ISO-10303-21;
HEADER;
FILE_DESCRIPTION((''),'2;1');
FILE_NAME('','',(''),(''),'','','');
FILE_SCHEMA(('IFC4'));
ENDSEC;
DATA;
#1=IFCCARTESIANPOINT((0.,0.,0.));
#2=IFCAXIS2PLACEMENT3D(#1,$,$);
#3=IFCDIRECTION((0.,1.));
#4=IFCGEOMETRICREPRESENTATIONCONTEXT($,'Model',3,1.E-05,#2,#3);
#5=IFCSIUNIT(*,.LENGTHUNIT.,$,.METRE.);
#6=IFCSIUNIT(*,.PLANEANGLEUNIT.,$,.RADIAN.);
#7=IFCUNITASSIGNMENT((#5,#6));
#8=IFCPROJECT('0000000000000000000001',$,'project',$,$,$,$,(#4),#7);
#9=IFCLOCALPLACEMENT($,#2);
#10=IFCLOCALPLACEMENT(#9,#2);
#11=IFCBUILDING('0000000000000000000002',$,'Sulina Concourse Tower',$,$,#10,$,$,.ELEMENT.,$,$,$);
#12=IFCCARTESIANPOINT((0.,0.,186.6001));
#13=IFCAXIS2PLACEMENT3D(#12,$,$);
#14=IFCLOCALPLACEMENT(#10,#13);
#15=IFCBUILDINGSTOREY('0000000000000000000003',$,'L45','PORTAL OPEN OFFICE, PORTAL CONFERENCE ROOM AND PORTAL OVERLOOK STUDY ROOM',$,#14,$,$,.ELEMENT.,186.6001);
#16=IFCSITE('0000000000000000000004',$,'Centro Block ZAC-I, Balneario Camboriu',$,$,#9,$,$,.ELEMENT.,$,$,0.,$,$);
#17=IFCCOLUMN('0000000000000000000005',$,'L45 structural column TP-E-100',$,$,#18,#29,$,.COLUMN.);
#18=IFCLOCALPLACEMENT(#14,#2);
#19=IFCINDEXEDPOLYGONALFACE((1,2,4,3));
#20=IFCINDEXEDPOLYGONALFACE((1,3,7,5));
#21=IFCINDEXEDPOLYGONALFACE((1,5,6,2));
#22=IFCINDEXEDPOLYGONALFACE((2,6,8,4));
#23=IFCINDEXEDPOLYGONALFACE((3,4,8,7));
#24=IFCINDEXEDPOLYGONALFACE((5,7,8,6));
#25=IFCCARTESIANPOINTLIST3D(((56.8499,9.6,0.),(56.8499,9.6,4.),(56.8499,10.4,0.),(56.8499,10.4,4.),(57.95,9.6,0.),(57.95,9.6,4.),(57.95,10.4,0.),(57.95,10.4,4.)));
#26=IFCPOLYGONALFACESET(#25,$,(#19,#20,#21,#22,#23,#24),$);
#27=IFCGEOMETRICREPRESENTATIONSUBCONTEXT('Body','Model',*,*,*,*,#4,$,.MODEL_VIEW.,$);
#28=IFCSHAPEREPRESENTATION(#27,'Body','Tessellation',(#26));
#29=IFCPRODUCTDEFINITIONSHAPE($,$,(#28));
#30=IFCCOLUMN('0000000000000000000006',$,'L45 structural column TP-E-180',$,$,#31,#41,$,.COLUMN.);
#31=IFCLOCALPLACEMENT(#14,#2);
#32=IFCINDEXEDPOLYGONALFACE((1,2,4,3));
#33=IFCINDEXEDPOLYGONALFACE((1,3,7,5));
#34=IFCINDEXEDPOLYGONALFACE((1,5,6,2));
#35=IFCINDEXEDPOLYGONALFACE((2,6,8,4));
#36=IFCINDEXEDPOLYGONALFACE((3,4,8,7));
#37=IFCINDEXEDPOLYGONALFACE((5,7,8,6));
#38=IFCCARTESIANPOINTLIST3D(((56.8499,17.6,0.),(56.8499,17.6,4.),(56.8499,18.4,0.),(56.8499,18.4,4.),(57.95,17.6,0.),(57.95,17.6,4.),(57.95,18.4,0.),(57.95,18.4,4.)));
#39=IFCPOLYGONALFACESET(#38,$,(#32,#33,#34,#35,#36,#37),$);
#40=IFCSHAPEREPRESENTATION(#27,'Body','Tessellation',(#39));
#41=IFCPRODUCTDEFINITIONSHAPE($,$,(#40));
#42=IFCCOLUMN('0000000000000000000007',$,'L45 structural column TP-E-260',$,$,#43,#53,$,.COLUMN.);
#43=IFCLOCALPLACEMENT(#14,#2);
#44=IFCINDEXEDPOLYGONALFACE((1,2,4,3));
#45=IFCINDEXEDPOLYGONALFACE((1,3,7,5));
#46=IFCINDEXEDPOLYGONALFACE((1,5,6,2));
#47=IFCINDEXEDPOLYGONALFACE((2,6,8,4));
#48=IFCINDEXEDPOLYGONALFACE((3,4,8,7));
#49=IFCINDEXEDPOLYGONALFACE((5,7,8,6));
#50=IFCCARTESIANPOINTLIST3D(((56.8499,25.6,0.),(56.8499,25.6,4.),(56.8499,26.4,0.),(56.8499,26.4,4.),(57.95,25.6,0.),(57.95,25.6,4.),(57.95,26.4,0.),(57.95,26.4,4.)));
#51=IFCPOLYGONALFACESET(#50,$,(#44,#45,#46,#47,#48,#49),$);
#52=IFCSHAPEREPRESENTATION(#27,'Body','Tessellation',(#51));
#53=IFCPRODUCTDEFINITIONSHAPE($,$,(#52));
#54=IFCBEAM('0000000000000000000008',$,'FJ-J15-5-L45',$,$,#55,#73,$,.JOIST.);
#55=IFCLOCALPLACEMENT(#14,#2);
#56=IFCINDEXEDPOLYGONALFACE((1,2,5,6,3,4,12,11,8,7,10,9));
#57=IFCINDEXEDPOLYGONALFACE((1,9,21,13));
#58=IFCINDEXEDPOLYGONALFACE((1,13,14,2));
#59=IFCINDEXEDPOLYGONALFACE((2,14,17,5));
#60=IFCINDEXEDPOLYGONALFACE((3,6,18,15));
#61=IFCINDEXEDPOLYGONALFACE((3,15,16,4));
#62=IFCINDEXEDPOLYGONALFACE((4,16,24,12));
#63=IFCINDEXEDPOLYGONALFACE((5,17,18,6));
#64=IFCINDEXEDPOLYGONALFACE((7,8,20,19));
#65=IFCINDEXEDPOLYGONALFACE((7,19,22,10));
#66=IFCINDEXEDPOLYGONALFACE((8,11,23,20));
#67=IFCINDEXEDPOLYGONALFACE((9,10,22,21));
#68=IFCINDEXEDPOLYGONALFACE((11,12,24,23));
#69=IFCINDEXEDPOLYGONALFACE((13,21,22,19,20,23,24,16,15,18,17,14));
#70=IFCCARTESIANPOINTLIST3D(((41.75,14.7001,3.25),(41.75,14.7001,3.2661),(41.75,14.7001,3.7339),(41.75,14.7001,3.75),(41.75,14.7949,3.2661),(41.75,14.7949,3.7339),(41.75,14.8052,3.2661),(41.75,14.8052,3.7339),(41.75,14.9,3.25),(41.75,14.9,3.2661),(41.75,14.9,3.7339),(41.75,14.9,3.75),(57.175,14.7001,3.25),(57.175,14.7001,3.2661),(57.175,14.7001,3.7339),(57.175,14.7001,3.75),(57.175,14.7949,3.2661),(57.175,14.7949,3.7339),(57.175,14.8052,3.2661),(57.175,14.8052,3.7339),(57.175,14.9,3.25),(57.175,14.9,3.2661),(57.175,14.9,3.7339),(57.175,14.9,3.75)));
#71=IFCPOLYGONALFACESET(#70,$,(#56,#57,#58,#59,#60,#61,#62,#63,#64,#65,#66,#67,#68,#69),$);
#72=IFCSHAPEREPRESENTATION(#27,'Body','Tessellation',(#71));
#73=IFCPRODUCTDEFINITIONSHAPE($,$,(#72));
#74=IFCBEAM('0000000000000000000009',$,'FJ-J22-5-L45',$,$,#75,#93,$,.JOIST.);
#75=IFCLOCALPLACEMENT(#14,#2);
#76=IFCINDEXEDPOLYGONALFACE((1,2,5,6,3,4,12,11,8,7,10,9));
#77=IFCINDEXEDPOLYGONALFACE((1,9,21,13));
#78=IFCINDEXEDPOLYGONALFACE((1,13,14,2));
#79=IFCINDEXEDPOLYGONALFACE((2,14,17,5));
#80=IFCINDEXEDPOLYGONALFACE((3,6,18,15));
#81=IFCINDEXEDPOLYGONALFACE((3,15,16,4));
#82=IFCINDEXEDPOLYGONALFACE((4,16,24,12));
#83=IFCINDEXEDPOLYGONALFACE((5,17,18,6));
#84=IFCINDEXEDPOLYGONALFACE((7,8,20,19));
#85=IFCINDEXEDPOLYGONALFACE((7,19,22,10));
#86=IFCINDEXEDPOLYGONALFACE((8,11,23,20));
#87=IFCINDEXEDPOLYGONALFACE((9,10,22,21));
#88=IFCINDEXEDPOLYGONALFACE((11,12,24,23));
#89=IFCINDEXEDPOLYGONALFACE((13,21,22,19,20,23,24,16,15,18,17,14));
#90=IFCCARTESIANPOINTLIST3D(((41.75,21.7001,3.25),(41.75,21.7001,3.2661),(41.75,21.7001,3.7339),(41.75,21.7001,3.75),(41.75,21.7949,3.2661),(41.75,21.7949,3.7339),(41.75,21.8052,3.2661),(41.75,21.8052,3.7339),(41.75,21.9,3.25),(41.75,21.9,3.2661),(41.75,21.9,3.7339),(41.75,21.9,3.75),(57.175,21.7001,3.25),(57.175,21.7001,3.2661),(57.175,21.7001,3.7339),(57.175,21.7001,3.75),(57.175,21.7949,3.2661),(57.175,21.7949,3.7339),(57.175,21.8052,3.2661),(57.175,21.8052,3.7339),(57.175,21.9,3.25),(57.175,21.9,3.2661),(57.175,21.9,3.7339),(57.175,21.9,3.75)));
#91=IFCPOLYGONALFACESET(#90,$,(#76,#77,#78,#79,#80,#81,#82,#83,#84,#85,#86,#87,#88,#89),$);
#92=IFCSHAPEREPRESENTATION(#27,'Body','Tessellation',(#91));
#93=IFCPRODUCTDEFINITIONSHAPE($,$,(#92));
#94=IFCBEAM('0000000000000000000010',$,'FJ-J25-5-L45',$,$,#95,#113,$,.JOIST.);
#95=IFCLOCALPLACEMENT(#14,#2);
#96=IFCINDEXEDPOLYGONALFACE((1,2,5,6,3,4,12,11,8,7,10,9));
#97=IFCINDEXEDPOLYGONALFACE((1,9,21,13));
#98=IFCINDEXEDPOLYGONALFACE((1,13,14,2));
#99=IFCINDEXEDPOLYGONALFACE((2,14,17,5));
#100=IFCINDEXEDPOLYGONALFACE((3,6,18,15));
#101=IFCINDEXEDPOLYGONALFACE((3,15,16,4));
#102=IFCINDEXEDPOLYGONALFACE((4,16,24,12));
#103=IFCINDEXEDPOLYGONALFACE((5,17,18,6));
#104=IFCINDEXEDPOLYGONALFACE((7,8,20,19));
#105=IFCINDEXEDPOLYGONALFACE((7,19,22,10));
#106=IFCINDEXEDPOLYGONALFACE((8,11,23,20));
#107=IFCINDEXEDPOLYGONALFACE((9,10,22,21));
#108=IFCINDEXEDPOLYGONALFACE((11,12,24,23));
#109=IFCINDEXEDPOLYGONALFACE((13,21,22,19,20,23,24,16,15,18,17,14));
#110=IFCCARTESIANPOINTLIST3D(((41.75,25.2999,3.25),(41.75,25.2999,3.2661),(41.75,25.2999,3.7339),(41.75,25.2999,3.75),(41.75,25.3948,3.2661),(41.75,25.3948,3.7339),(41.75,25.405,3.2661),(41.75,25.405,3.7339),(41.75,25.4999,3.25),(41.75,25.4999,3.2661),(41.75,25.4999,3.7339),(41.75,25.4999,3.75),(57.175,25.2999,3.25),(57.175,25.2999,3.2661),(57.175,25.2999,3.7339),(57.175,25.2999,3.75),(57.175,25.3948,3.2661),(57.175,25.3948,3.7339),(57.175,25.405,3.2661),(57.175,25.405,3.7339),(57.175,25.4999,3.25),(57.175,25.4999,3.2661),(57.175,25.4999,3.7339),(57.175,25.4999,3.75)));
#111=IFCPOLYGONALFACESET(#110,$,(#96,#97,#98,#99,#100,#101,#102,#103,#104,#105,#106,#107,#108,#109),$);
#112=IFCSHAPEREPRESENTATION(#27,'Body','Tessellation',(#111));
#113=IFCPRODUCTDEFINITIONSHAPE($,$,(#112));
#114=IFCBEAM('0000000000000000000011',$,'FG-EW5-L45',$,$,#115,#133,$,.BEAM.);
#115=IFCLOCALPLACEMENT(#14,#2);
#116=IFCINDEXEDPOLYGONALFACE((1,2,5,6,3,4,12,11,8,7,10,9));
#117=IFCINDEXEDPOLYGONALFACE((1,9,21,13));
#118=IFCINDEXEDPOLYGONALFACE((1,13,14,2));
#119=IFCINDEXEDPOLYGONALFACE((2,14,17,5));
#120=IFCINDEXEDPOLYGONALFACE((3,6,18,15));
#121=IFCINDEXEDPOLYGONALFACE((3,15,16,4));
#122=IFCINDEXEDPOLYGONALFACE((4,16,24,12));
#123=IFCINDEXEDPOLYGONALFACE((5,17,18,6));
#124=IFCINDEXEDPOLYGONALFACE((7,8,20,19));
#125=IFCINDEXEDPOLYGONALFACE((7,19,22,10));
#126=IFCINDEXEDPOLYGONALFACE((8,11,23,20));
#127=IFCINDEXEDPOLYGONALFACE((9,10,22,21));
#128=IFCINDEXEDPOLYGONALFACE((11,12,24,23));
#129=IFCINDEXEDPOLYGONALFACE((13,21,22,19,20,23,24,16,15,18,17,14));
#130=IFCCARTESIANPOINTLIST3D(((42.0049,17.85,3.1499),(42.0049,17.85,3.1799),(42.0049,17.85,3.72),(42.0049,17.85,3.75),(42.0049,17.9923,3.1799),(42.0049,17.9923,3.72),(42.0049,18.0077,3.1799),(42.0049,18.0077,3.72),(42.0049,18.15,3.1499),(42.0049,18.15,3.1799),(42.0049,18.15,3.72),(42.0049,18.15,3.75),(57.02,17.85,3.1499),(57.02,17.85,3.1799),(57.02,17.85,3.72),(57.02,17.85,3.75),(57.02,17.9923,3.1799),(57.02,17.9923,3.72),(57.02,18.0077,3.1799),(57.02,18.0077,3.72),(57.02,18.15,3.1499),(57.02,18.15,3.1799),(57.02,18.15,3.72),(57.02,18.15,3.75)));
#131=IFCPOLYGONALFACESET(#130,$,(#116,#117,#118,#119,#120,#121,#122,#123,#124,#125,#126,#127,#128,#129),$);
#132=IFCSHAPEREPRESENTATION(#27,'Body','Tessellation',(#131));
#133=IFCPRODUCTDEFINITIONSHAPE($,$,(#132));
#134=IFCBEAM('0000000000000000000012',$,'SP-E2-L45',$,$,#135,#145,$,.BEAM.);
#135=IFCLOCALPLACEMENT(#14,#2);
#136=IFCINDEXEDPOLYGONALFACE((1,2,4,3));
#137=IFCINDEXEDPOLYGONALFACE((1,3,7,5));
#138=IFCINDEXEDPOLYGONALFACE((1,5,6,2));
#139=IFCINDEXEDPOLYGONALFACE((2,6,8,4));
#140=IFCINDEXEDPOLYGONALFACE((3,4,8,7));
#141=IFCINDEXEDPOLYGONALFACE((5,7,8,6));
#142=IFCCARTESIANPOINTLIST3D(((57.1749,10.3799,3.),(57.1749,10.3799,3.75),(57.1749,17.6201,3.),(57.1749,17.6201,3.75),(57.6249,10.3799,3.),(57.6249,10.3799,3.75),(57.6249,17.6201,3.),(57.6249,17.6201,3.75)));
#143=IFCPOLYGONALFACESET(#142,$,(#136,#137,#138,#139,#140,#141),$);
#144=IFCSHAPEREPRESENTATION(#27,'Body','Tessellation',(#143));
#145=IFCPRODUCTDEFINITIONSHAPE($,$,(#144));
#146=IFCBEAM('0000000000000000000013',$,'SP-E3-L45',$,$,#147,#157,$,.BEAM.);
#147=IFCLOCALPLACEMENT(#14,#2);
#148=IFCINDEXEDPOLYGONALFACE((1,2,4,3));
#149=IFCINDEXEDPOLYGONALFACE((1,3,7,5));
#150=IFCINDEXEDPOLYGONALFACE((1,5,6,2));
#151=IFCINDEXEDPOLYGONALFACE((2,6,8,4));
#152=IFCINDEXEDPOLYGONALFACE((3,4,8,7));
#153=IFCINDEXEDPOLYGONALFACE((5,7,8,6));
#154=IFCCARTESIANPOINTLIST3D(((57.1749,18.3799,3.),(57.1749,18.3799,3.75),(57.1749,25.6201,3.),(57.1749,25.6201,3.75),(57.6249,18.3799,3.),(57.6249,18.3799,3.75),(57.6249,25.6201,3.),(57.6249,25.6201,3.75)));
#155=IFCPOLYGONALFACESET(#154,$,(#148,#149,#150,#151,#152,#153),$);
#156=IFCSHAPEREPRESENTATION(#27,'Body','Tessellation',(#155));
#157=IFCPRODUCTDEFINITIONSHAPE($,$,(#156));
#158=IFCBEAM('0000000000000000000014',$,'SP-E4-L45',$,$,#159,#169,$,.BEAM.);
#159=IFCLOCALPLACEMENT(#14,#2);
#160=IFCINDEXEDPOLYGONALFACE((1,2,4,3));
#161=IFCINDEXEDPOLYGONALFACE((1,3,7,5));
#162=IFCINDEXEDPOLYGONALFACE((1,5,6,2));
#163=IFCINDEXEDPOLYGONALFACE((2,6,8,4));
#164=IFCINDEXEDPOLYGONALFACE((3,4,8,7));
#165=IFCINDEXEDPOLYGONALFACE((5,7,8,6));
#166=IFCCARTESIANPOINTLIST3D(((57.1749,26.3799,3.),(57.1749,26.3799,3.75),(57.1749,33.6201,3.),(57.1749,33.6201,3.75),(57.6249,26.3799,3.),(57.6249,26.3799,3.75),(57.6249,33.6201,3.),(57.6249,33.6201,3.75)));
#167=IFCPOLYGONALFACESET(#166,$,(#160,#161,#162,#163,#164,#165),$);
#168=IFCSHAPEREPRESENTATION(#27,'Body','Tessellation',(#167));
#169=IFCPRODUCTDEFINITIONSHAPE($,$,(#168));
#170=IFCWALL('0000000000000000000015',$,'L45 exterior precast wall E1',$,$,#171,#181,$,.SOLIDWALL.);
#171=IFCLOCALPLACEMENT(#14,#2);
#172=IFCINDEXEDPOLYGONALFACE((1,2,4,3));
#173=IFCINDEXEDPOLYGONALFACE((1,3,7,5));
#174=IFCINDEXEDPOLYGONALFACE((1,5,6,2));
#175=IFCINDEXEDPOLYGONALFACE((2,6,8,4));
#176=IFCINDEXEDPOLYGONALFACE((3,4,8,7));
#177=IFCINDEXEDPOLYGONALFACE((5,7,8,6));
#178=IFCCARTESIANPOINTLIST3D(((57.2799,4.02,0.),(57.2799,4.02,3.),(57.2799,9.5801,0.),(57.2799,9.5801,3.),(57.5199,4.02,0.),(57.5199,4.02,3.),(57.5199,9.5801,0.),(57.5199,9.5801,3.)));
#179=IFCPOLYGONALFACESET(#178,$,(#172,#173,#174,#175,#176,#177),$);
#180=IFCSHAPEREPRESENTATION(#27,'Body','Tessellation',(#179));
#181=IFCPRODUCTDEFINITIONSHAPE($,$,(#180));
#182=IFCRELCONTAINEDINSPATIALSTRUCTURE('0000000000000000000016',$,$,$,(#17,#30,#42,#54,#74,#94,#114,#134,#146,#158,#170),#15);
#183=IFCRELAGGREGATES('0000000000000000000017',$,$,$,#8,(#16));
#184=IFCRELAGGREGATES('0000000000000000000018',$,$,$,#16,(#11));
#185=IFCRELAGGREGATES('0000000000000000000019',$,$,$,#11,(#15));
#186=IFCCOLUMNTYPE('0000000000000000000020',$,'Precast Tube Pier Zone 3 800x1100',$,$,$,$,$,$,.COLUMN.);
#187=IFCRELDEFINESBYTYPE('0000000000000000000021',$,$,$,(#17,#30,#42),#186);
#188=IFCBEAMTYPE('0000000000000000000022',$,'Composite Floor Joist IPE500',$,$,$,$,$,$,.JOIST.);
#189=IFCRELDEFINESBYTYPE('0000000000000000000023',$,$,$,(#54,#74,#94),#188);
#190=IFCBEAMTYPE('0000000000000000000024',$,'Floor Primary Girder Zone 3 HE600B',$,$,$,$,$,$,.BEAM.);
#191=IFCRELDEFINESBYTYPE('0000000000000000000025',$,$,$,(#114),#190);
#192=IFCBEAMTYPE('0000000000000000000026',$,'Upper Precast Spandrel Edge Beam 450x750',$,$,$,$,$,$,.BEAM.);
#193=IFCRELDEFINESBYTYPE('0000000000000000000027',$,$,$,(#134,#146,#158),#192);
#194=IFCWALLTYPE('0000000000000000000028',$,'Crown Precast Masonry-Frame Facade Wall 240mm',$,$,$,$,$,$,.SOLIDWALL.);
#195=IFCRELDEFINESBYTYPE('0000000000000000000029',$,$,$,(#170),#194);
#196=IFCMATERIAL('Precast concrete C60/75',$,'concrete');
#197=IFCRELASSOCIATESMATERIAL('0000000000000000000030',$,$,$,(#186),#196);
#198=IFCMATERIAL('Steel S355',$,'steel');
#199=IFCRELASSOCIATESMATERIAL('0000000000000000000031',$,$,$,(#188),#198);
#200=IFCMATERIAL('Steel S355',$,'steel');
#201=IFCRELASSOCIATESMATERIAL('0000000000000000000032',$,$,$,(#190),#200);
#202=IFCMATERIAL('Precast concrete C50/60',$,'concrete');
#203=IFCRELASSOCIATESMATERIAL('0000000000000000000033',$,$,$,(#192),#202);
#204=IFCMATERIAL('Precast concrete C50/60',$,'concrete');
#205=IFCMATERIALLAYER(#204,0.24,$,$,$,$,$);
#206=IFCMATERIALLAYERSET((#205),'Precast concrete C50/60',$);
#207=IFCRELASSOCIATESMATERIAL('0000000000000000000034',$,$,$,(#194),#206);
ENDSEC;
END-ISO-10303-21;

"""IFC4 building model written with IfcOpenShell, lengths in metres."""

from ifc_helpers import new_model, si_unit, direction, frame, frame_2d, origin, origin_2d, place, context, subcontext, project, spatial, rectangle, i_section, extrude, material, layer, layer_set, material_profile, profile_set, type_object, element, save


model = new_model("IFC4")

# Units and contexts
model_context = context("Model", 3, precision=1e-05, world=origin(), true_north=direction((0.0, 1.0)))
body_context = subcontext(model_context, "Body", "Model", "MODEL_VIEW")
ifc_project = project(units=[si_unit("LENGTHUNIT", "METRE"), si_unit("PLANEANGLEUNIT", "RADIAN")], contexts=[model_context])

# Site, building, storey
site_placement = place(None, origin())
site = spatial("IfcSite", under=ifc_project, at=site_placement, Name="Centro Block ZAC-I, Balneario Camboriu", CompositionType="ELEMENT", RefElevation=0.0)
building_placement = place(site_placement, origin())
building = spatial("IfcBuilding", under=site, at=building_placement, Name="Sulina Concourse Tower", CompositionType="ELEMENT")
storey_placement = place(building_placement, frame((0.0, 0.0, 186.6001)))
storey = spatial("IfcBuildingStorey", under=building, at=storey_placement, Name="L45", Description="PORTAL OPEN OFFICE, PORTAL CONFERENCE ROOM AND PORTAL OVERLOOK STUDY ROOM", CompositionType="ELEMENT", Elevation=186.6001)

# Columns
ifc_material_1 = material(Name="Precast concrete C60/75", Category="concrete")
ifc_material_profile_1 = material_profile(ifc_material_1, rectangle(XDim=0.8, YDim=1.1001, at=origin_2d()), Name="PC 800x1100")
ifc_profile_set_1 = profile_set([ifc_material_profile_1], Name="Precast concrete C60/75")
column_type = type_object("IfcColumnType", Name="Precast Tube Pier Zone 3 800x1100", PredefinedType="COLUMN", material=ifc_profile_set_1)
for number, where, z_axis, x_axis, name in (
    (1, (57.3999, 10.0, 0.0), (0.0, 0.0, 1.0), (0.0, 1.0, 0.0), "L45 structural column TP-E-100"),
    (2, (57.3999, 18.0, 0.0), (0.0, 0.0, 1.0), (0.0, 1.0, 0.0), "L45 structural column TP-E-180"),
    (3, (57.3999, 26.0, 0.0), (0.0, 0.0, 1.0), (0.0, 1.0, 0.0), "L45 structural column TP-E-260"),
):
    element("IfcColumn", number, at=place(storey_placement, frame(where, z_axis=z_axis, x_axis=x_axis)), inside=storey, type_object=column_type, Name=name, PredefinedType="COLUMN", context=body_context, shape_type="SweptSolid", body=[
        extrude(rectangle(XDim=0.8, YDim=1.1001, at=origin_2d()), origin(), (0.0, 0.0, 1.0), 4.0),
    ])

# Beams
ifc_material_2 = material(Name="Steel S355", Category="steel")
ifc_material_profile_2 = material_profile(ifc_material_2, i_section(OverallWidth=0.2, OverallDepth=0.5, WebThickness=0.0103, FlangeThickness=0.0161, at=origin_2d()), Name="IPE 500")
ifc_profile_set_2 = profile_set([ifc_material_profile_2], Name="Steel S355")
beam_type_1 = type_object("IfcBeamType", Name="Composite Floor Joist IPE500", PredefinedType="JOIST", material=ifc_profile_set_2)
for number, where, z_axis, x_axis, name in (
    (4, (41.75, 14.8, 3.5), (1.0, 0.0, 0.0), (0.0, 1.0, 0.0), "FJ-J15-5-L45"),
    (5, (41.75, 21.8, 3.5), (1.0, 0.0, 0.0), (0.0, 1.0, 0.0), "FJ-J22-5-L45"),
    (6, (41.75, 25.3999, 3.5), (1.0, 0.0, 0.0), (0.0, 1.0, 0.0), "FJ-J25-5-L45"),
):
    element("IfcBeam", number, at=place(storey_placement, frame(where, z_axis=z_axis, x_axis=x_axis)), inside=storey, type_object=beam_type_1, Name=name, PredefinedType="JOIST", context=body_context, shape_type="SweptSolid", body=[
        extrude(i_section(OverallWidth=0.2, OverallDepth=0.5, WebThickness=0.0103, FlangeThickness=0.0161, at=origin_2d()), origin(), (0.0, 0.0, 1.0), 15.425),
    ])
ifc_material_3 = material(Name="Steel S355", Category="steel")
ifc_material_profile_3 = material_profile(ifc_material_3, i_section(OverallWidth=0.3, OverallDepth=0.6001, WebThickness=0.0154, FlangeThickness=0.03, at=origin_2d()), Name="HE 600 B")
ifc_profile_set_3 = profile_set([ifc_material_profile_3], Name="Steel S355")
beam_type_2 = type_object("IfcBeamType", Name="Floor Primary Girder Zone 3 HE600B", PredefinedType="BEAM", material=ifc_profile_set_3)
beam_placement = place(storey_placement, frame((42.0049, 18.0, 3.45), z_axis=(1.0, 0.0, 0.0), x_axis=(0.0, 1.0, 0.0)))
element("IfcBeam", 7, at=beam_placement, inside=storey, type_object=beam_type_2, Name="FG-EW5-L45", PredefinedType="BEAM", context=body_context, shape_type="SweptSolid", body=[
    extrude(i_section(OverallWidth=0.3, OverallDepth=0.6001, WebThickness=0.0154, FlangeThickness=0.03, at=origin_2d()), origin(), (0.0, 0.0, 1.0), 15.0151),
])
ifc_material_4 = material(Name="Precast concrete C50/60", Category="concrete")
ifc_material_profile_4 = material_profile(ifc_material_4, rectangle(XDim=0.45, YDim=0.75, at=origin_2d()), Name="RC 450x750")
ifc_profile_set_4 = profile_set([ifc_material_profile_4], Name="Precast concrete C50/60")
beam_type_3 = type_object("IfcBeamType", Name="Upper Precast Spandrel Edge Beam 450x750", PredefinedType="BEAM", material=ifc_profile_set_4)
for number, where, z_axis, x_axis, name in (
    (8, (57.3999, 10.3799, 3.375), (0.0, 1.0, 0.0), (-1.0, 0.0, 0.0), "SP-E2-L45"),
    (9, (57.3999, 18.3799, 3.375), (0.0, 1.0, 0.0), (-1.0, 0.0, 0.0), "SP-E3-L45"),
    (10, (57.3999, 26.3799, 3.375), (0.0, 1.0, 0.0), (-1.0, 0.0, 0.0), "SP-E4-L45"),
):
    element("IfcBeam", number, at=place(storey_placement, frame(where, z_axis=z_axis, x_axis=x_axis)), inside=storey, type_object=beam_type_3, Name=name, PredefinedType="BEAM", context=body_context, shape_type="SweptSolid", body=[
        extrude(rectangle(XDim=0.45, YDim=0.75, at=origin_2d()), origin(), (0.0, 0.0, 1.0), 7.2402),
    ])

# Wall
ifc_material_5 = material(Name="Precast concrete C50/60", Category="concrete")
ifc_layer_1 = layer(ifc_material_5, 0.24)
ifc_layer_set_1 = layer_set([ifc_layer_1], Name="Precast concrete C50/60")
wall_type_1 = type_object("IfcWallType", Name="Crown Precast Masonry-Frame Facade Wall 240mm", PredefinedType="SOLIDWALL", material=ifc_layer_set_1)
wall_1_placement = place(storey_placement, frame((57.3999, 9.5801, 0.0), z_axis=(0.0, 0.0, 1.0), x_axis=(0.0, -1.0, 0.0)))
element("IfcWall", 11, at=wall_1_placement, inside=storey, type_object=wall_type_1, Name="L45 exterior precast wall E1", PredefinedType="SOLIDWALL", context=body_context, shape_type="SweptSolid", body=[
    extrude(rectangle(XDim=5.5601, YDim=0.24, at=frame_2d((2.78, 0.0))), origin(), (0.0, 0.0, 1.0), 3.0),
])

save(model, "model.ifc")
